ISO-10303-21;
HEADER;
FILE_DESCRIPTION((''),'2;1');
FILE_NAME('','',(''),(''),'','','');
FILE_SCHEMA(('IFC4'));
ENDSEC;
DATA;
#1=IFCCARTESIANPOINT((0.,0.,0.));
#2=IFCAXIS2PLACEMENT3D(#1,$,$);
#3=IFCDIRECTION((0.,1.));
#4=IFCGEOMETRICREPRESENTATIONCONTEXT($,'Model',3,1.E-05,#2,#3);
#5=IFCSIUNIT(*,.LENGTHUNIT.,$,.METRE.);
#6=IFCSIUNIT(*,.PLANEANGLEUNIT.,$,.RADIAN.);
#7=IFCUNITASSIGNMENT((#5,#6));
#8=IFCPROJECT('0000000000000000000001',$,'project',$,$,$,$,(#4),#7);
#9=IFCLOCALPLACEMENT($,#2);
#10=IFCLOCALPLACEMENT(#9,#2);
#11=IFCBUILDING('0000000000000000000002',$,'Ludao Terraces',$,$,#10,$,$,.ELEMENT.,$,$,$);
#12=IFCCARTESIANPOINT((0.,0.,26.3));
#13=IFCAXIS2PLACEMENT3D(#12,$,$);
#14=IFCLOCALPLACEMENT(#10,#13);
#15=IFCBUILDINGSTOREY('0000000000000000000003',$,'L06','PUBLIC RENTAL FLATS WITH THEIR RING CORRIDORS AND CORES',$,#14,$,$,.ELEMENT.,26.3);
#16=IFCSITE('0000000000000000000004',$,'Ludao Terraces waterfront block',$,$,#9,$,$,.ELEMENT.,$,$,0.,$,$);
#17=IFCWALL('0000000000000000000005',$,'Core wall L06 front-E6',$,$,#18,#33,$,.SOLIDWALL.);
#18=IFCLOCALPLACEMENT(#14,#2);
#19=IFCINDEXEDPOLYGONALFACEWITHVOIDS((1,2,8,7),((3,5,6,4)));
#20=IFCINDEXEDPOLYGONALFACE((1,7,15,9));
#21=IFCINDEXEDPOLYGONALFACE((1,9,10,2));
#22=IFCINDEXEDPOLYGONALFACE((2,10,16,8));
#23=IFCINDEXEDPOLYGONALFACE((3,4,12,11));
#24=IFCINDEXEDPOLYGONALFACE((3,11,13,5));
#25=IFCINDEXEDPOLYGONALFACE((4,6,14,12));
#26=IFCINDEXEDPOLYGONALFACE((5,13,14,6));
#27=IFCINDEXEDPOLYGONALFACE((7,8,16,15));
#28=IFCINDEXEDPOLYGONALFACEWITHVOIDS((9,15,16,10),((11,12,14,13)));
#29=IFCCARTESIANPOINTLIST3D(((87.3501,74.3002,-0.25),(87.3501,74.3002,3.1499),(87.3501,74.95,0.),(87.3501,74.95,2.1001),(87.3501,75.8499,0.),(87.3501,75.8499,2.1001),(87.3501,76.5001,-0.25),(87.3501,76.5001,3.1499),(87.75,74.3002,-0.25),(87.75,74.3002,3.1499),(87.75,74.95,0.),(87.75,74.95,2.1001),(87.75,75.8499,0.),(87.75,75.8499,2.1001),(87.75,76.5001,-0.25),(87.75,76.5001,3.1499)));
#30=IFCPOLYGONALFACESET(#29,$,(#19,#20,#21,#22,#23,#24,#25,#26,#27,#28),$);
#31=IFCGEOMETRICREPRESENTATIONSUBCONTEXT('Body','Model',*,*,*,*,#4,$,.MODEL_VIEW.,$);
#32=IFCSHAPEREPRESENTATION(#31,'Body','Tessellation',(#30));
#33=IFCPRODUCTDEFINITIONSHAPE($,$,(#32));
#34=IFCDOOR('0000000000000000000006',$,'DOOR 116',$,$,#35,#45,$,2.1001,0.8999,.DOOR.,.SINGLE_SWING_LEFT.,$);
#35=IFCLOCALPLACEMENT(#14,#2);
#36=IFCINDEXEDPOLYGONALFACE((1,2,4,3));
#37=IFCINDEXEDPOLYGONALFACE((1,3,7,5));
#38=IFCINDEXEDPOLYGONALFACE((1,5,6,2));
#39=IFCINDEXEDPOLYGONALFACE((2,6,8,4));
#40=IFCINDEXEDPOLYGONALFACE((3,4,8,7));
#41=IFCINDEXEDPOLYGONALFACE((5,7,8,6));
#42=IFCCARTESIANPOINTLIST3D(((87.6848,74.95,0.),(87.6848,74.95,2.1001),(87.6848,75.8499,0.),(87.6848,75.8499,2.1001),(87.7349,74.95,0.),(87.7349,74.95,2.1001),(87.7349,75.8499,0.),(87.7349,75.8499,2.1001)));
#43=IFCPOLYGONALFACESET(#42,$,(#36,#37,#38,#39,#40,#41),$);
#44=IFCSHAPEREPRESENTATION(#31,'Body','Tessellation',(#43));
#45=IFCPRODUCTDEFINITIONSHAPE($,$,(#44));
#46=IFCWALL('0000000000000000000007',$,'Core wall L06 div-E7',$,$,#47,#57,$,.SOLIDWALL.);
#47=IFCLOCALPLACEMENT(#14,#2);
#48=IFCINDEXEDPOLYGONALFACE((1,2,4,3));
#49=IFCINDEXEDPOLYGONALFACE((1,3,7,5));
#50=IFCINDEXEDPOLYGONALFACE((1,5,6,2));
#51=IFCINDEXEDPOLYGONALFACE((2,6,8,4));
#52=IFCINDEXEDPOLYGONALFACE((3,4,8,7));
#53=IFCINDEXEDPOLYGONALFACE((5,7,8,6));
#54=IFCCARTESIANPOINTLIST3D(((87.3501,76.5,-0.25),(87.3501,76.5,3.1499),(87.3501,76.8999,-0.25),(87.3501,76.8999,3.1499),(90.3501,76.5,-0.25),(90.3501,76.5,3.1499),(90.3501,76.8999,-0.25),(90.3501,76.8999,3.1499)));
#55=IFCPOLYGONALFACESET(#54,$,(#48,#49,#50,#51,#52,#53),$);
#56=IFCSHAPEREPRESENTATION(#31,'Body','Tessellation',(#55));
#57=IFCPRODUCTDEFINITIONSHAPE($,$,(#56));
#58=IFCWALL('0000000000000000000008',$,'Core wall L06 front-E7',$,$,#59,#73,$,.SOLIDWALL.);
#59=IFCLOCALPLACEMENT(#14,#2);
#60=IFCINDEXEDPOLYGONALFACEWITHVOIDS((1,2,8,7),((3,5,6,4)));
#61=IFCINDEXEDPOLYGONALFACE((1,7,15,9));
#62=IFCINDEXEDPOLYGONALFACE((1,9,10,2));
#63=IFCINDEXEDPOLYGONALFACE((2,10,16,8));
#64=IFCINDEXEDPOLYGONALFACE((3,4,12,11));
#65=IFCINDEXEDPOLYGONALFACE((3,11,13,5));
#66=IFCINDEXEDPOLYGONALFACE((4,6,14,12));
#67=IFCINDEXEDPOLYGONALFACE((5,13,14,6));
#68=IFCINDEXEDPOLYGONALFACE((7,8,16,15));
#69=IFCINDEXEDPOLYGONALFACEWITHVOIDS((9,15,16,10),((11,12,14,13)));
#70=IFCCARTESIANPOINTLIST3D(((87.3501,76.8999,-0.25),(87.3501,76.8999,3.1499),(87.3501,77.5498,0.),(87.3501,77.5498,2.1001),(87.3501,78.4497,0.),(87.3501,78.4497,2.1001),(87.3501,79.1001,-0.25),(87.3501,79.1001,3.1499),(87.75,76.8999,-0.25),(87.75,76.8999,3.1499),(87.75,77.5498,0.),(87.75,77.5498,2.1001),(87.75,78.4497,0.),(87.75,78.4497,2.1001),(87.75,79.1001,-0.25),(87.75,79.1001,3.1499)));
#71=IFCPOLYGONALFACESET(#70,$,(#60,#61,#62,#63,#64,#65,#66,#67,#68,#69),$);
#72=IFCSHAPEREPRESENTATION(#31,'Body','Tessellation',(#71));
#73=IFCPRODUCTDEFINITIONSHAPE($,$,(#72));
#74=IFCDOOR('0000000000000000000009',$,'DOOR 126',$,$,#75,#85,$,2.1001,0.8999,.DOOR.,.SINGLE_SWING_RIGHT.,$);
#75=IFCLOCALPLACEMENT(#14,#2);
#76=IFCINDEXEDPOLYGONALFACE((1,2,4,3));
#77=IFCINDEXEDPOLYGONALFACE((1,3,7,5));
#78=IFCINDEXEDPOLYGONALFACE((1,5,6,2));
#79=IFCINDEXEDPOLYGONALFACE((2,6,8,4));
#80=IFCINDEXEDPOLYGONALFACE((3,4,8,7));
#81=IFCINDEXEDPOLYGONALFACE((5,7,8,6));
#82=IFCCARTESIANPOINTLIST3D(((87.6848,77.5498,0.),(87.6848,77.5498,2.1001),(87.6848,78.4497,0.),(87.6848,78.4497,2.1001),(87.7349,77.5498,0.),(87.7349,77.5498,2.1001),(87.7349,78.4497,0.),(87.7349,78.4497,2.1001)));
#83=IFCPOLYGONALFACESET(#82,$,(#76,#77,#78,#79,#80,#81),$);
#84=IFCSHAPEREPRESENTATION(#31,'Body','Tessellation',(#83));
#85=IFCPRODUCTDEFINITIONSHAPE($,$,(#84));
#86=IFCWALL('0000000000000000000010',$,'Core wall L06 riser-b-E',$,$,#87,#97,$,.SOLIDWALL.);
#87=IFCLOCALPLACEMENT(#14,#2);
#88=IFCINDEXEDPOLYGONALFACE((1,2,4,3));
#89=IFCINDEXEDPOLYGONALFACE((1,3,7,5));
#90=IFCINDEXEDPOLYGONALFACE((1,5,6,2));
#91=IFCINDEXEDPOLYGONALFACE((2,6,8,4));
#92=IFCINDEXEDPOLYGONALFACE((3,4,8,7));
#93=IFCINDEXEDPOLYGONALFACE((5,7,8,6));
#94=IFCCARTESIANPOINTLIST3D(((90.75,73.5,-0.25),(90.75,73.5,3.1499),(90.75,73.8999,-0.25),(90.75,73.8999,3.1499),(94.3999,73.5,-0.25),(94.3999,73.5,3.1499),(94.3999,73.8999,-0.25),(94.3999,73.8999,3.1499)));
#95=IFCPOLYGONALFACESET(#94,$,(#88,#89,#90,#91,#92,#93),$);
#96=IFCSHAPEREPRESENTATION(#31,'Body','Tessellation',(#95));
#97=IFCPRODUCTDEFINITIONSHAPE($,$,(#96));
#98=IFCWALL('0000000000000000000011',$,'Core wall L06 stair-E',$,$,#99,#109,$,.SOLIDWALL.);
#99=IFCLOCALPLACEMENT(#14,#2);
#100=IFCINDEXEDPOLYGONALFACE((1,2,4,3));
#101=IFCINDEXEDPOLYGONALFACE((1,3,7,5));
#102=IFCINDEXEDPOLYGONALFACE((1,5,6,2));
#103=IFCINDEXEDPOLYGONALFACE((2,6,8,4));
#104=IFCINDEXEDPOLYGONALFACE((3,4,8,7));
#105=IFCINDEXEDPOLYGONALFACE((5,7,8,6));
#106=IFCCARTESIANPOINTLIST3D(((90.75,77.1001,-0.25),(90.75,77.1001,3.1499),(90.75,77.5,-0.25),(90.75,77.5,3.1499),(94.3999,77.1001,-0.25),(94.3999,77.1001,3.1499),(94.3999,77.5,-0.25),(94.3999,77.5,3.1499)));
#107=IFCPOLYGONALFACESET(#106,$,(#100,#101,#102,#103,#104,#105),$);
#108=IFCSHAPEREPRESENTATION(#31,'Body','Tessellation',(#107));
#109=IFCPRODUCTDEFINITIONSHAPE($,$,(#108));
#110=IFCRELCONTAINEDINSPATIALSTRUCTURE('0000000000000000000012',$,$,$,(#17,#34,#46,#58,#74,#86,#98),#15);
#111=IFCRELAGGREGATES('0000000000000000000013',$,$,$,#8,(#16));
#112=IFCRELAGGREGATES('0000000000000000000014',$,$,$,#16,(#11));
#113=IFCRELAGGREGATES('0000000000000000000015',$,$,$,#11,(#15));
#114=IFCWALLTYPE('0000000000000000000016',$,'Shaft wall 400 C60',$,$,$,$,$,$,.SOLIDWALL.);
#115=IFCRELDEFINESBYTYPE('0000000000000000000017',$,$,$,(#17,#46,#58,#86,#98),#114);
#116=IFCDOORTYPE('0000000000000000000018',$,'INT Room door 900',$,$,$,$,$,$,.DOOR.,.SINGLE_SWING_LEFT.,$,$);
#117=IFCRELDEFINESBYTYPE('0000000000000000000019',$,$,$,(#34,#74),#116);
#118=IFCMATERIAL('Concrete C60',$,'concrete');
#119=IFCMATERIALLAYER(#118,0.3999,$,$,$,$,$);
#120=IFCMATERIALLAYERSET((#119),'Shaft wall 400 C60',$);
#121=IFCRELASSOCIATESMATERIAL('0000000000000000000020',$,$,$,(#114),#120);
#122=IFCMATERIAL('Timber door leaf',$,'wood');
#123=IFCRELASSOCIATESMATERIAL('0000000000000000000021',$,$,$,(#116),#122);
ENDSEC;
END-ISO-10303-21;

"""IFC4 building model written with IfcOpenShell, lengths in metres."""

from ifc_helpers import new_model, si_unit, direction, frame, frame_2d, origin, place, context, subcontext, project, spatial, rectangle, extrude, material, layer, layer_set, type_object, element, fill, save


model = new_model("IFC4")

# Units and contexts
model_context = context("Model", 3, precision=1e-05, world=origin(), true_north=direction((0.0, 1.0)))
body_context = subcontext(model_context, "Body", "Model", "MODEL_VIEW")
ifc_project = project(units=[si_unit("LENGTHUNIT", "METRE"), si_unit("PLANEANGLEUNIT", "RADIAN")], contexts=[model_context])

# Site, building, storey
site_placement = place(None, origin())
site = spatial("IfcSite", under=ifc_project, at=site_placement, Name="Ludao Terraces waterfront block", CompositionType="ELEMENT", RefElevation=0.0)
building_placement = place(site_placement, origin())
building = spatial("IfcBuilding", under=site, at=building_placement, Name="Ludao Terraces", CompositionType="ELEMENT")
storey_placement = place(building_placement, frame((0.0, 0.0, 26.3)))
storey = spatial("IfcBuildingStorey", under=building, at=storey_placement, Name="L06", Description="PUBLIC RENTAL FLATS WITH THEIR RING CORRIDORS AND CORES", CompositionType="ELEMENT", Elevation=26.3)

# Shared definitions
ifc_material_1 = material(Name="Concrete C60", Category="concrete")
ifc_layer_1 = layer(ifc_material_1, 0.3999)
ifc_layer_set_1 = layer_set([ifc_layer_1], Name="Shaft wall 400 C60")
wall_type_1 = type_object("IfcWallType", Name="Shaft wall 400 C60", PredefinedType="SOLIDWALL", material=ifc_layer_set_1)

# Wall, opening, door
wall_1_placement = place(storey_placement, frame((87.55, 74.3, -0.25), z_axis=(0.0, 0.0, 1.0), x_axis=(0.0, 1.0, 0.0)))
wall_1 = element("IfcWall", 1, at=wall_1_placement, inside=storey, type_object=wall_type_1, Name="Core wall L06 front-E6", PredefinedType="SOLIDWALL", context=body_context, shape_type="SweptSolid", body=[
    extrude(rectangle(XDim=2.2, YDim=0.3999, at=frame_2d((1.1001, 0.0))), origin(), (0.0, 0.0, 1.0), 3.3999),
])
opening_1_placement = place(wall_1_placement, frame((0.6499, 0.0, 0.25)))
opening_1 = element("IfcOpeningElement", 2, at=opening_1_placement, cuts=wall_1, PredefinedType="OPENING", context=body_context, shape_type="SweptSolid", body=[
    extrude(rectangle(XDim=0.8999, YDim=2.1001, at=frame_2d((0.45, 1.05))), frame((0.0, 0.21, 0.0), z_axis=(0.0, -1.0, 0.0), x_axis=(1.0, 0.0, 0.0)), (0.0, 0.0, 1.0), 0.4199),
])
ifc_material_2 = material(Name="Timber door leaf", Category="wood")
door_type_1 = type_object("IfcDoorType", Name="INT Room door 900", OperationType="SINGLE_SWING_LEFT", PredefinedType="DOOR", material=ifc_material_2)
door_1_placement = place(opening_1_placement, origin())
door_1 = element("IfcDoor", 3, at=door_1_placement, inside=storey, type_object=door_type_1, Name="DOOR 116", OperationType="SINGLE_SWING_LEFT", OverallHeight=2.1001, OverallWidth=0.8999, PredefinedType="DOOR", context=body_context, shape_type="SweptSolid", body=[
    extrude(rectangle(XDim=0.8999, YDim=2.1001, at=frame_2d((0.45, 1.05))), frame((0.0, -0.1348, 0.0), z_axis=(0.0, -1.0, 0.0), x_axis=(1.0, 0.0, 0.0)), (0.0, 0.0, 1.0), 0.05),
])
fill(opening_1, door_1)

# Wall
wall_2_placement = place(storey_placement, frame((87.3501, 76.7, -0.25), z_axis=(0.0, 0.0, 1.0), x_axis=(1.0, 0.0, 0.0)))
element("IfcWall", 4, at=wall_2_placement, inside=storey, type_object=wall_type_1, Name="Core wall L06 div-E7", PredefinedType="SOLIDWALL", context=body_context, shape_type="SweptSolid", body=[
    extrude(rectangle(XDim=3.0, YDim=0.3999, at=frame_2d((1.5, 0.0))), origin(), (0.0, 0.0, 1.0), 3.3999),
])

# Wall, opening, door
wall_3_placement = place(storey_placement, frame((87.55, 76.8999, -0.25), z_axis=(0.0, 0.0, 1.0), x_axis=(0.0, 1.0, 0.0)))
wall_3 = element("IfcWall", 5, at=wall_3_placement, inside=storey, type_object=wall_type_1, Name="Core wall L06 front-E7", PredefinedType="SOLIDWALL", context=body_context, shape_type="SweptSolid", body=[
    extrude(rectangle(XDim=2.2002, YDim=0.3999, at=frame_2d((1.1001, 0.0))), origin(), (0.0, 0.0, 1.0), 3.3999),
])
opening_2_placement = place(wall_3_placement, frame((0.6499, 0.0, 0.25)))
opening_2 = element("IfcOpeningElement", 6, at=opening_2_placement, cuts=wall_3, PredefinedType="OPENING", context=body_context, shape_type="SweptSolid", body=[
    extrude(rectangle(XDim=0.8999, YDim=2.1001, at=frame_2d((0.45, 1.05))), frame((0.0, 0.21, 0.0), z_axis=(0.0, -1.0, 0.0), x_axis=(1.0, 0.0, 0.0)), (0.0, 0.0, 1.0), 0.4199),
])
door_2_placement = place(opening_2_placement, origin())
door_2 = element("IfcDoor", 7, at=door_2_placement, inside=storey, type_object=door_type_1, Name="DOOR 126", OperationType="SINGLE_SWING_RIGHT", OverallHeight=2.1001, OverallWidth=0.8999, PredefinedType="DOOR", context=body_context, shape_type="SweptSolid", body=[
    extrude(rectangle(XDim=0.8999, YDim=2.1001, at=frame_2d((0.45, 1.05))), frame((0.0, -0.1348, 0.0), z_axis=(0.0, -1.0, 0.0), x_axis=(1.0, 0.0, 0.0)), (0.0, 0.0, 1.0), 0.05),
])
fill(opening_2, door_2)

# Walls
for number, where, z_axis, x_axis, name in (
    (8, (90.75, 73.7, -0.25), (0.0, 0.0, 1.0), (1.0, 0.0, 0.0), "Core wall L06 riser-b-E"),
    (9, (90.75, 77.3, -0.25), (0.0, 0.0, 1.0), (1.0, 0.0, 0.0), "Core wall L06 stair-E"),
):
    element("IfcWall", number, at=place(storey_placement, frame(where, z_axis=z_axis, x_axis=x_axis)), inside=storey, type_object=wall_type_1, Name=name, PredefinedType="SOLIDWALL", context=body_context, shape_type="SweptSolid", body=[
        extrude(rectangle(XDim=3.6499, YDim=0.3999, at=frame_2d((1.825, 0.0))), origin(), (0.0, 0.0, 1.0), 3.3999),
    ])

save(model, "model.ifc")
